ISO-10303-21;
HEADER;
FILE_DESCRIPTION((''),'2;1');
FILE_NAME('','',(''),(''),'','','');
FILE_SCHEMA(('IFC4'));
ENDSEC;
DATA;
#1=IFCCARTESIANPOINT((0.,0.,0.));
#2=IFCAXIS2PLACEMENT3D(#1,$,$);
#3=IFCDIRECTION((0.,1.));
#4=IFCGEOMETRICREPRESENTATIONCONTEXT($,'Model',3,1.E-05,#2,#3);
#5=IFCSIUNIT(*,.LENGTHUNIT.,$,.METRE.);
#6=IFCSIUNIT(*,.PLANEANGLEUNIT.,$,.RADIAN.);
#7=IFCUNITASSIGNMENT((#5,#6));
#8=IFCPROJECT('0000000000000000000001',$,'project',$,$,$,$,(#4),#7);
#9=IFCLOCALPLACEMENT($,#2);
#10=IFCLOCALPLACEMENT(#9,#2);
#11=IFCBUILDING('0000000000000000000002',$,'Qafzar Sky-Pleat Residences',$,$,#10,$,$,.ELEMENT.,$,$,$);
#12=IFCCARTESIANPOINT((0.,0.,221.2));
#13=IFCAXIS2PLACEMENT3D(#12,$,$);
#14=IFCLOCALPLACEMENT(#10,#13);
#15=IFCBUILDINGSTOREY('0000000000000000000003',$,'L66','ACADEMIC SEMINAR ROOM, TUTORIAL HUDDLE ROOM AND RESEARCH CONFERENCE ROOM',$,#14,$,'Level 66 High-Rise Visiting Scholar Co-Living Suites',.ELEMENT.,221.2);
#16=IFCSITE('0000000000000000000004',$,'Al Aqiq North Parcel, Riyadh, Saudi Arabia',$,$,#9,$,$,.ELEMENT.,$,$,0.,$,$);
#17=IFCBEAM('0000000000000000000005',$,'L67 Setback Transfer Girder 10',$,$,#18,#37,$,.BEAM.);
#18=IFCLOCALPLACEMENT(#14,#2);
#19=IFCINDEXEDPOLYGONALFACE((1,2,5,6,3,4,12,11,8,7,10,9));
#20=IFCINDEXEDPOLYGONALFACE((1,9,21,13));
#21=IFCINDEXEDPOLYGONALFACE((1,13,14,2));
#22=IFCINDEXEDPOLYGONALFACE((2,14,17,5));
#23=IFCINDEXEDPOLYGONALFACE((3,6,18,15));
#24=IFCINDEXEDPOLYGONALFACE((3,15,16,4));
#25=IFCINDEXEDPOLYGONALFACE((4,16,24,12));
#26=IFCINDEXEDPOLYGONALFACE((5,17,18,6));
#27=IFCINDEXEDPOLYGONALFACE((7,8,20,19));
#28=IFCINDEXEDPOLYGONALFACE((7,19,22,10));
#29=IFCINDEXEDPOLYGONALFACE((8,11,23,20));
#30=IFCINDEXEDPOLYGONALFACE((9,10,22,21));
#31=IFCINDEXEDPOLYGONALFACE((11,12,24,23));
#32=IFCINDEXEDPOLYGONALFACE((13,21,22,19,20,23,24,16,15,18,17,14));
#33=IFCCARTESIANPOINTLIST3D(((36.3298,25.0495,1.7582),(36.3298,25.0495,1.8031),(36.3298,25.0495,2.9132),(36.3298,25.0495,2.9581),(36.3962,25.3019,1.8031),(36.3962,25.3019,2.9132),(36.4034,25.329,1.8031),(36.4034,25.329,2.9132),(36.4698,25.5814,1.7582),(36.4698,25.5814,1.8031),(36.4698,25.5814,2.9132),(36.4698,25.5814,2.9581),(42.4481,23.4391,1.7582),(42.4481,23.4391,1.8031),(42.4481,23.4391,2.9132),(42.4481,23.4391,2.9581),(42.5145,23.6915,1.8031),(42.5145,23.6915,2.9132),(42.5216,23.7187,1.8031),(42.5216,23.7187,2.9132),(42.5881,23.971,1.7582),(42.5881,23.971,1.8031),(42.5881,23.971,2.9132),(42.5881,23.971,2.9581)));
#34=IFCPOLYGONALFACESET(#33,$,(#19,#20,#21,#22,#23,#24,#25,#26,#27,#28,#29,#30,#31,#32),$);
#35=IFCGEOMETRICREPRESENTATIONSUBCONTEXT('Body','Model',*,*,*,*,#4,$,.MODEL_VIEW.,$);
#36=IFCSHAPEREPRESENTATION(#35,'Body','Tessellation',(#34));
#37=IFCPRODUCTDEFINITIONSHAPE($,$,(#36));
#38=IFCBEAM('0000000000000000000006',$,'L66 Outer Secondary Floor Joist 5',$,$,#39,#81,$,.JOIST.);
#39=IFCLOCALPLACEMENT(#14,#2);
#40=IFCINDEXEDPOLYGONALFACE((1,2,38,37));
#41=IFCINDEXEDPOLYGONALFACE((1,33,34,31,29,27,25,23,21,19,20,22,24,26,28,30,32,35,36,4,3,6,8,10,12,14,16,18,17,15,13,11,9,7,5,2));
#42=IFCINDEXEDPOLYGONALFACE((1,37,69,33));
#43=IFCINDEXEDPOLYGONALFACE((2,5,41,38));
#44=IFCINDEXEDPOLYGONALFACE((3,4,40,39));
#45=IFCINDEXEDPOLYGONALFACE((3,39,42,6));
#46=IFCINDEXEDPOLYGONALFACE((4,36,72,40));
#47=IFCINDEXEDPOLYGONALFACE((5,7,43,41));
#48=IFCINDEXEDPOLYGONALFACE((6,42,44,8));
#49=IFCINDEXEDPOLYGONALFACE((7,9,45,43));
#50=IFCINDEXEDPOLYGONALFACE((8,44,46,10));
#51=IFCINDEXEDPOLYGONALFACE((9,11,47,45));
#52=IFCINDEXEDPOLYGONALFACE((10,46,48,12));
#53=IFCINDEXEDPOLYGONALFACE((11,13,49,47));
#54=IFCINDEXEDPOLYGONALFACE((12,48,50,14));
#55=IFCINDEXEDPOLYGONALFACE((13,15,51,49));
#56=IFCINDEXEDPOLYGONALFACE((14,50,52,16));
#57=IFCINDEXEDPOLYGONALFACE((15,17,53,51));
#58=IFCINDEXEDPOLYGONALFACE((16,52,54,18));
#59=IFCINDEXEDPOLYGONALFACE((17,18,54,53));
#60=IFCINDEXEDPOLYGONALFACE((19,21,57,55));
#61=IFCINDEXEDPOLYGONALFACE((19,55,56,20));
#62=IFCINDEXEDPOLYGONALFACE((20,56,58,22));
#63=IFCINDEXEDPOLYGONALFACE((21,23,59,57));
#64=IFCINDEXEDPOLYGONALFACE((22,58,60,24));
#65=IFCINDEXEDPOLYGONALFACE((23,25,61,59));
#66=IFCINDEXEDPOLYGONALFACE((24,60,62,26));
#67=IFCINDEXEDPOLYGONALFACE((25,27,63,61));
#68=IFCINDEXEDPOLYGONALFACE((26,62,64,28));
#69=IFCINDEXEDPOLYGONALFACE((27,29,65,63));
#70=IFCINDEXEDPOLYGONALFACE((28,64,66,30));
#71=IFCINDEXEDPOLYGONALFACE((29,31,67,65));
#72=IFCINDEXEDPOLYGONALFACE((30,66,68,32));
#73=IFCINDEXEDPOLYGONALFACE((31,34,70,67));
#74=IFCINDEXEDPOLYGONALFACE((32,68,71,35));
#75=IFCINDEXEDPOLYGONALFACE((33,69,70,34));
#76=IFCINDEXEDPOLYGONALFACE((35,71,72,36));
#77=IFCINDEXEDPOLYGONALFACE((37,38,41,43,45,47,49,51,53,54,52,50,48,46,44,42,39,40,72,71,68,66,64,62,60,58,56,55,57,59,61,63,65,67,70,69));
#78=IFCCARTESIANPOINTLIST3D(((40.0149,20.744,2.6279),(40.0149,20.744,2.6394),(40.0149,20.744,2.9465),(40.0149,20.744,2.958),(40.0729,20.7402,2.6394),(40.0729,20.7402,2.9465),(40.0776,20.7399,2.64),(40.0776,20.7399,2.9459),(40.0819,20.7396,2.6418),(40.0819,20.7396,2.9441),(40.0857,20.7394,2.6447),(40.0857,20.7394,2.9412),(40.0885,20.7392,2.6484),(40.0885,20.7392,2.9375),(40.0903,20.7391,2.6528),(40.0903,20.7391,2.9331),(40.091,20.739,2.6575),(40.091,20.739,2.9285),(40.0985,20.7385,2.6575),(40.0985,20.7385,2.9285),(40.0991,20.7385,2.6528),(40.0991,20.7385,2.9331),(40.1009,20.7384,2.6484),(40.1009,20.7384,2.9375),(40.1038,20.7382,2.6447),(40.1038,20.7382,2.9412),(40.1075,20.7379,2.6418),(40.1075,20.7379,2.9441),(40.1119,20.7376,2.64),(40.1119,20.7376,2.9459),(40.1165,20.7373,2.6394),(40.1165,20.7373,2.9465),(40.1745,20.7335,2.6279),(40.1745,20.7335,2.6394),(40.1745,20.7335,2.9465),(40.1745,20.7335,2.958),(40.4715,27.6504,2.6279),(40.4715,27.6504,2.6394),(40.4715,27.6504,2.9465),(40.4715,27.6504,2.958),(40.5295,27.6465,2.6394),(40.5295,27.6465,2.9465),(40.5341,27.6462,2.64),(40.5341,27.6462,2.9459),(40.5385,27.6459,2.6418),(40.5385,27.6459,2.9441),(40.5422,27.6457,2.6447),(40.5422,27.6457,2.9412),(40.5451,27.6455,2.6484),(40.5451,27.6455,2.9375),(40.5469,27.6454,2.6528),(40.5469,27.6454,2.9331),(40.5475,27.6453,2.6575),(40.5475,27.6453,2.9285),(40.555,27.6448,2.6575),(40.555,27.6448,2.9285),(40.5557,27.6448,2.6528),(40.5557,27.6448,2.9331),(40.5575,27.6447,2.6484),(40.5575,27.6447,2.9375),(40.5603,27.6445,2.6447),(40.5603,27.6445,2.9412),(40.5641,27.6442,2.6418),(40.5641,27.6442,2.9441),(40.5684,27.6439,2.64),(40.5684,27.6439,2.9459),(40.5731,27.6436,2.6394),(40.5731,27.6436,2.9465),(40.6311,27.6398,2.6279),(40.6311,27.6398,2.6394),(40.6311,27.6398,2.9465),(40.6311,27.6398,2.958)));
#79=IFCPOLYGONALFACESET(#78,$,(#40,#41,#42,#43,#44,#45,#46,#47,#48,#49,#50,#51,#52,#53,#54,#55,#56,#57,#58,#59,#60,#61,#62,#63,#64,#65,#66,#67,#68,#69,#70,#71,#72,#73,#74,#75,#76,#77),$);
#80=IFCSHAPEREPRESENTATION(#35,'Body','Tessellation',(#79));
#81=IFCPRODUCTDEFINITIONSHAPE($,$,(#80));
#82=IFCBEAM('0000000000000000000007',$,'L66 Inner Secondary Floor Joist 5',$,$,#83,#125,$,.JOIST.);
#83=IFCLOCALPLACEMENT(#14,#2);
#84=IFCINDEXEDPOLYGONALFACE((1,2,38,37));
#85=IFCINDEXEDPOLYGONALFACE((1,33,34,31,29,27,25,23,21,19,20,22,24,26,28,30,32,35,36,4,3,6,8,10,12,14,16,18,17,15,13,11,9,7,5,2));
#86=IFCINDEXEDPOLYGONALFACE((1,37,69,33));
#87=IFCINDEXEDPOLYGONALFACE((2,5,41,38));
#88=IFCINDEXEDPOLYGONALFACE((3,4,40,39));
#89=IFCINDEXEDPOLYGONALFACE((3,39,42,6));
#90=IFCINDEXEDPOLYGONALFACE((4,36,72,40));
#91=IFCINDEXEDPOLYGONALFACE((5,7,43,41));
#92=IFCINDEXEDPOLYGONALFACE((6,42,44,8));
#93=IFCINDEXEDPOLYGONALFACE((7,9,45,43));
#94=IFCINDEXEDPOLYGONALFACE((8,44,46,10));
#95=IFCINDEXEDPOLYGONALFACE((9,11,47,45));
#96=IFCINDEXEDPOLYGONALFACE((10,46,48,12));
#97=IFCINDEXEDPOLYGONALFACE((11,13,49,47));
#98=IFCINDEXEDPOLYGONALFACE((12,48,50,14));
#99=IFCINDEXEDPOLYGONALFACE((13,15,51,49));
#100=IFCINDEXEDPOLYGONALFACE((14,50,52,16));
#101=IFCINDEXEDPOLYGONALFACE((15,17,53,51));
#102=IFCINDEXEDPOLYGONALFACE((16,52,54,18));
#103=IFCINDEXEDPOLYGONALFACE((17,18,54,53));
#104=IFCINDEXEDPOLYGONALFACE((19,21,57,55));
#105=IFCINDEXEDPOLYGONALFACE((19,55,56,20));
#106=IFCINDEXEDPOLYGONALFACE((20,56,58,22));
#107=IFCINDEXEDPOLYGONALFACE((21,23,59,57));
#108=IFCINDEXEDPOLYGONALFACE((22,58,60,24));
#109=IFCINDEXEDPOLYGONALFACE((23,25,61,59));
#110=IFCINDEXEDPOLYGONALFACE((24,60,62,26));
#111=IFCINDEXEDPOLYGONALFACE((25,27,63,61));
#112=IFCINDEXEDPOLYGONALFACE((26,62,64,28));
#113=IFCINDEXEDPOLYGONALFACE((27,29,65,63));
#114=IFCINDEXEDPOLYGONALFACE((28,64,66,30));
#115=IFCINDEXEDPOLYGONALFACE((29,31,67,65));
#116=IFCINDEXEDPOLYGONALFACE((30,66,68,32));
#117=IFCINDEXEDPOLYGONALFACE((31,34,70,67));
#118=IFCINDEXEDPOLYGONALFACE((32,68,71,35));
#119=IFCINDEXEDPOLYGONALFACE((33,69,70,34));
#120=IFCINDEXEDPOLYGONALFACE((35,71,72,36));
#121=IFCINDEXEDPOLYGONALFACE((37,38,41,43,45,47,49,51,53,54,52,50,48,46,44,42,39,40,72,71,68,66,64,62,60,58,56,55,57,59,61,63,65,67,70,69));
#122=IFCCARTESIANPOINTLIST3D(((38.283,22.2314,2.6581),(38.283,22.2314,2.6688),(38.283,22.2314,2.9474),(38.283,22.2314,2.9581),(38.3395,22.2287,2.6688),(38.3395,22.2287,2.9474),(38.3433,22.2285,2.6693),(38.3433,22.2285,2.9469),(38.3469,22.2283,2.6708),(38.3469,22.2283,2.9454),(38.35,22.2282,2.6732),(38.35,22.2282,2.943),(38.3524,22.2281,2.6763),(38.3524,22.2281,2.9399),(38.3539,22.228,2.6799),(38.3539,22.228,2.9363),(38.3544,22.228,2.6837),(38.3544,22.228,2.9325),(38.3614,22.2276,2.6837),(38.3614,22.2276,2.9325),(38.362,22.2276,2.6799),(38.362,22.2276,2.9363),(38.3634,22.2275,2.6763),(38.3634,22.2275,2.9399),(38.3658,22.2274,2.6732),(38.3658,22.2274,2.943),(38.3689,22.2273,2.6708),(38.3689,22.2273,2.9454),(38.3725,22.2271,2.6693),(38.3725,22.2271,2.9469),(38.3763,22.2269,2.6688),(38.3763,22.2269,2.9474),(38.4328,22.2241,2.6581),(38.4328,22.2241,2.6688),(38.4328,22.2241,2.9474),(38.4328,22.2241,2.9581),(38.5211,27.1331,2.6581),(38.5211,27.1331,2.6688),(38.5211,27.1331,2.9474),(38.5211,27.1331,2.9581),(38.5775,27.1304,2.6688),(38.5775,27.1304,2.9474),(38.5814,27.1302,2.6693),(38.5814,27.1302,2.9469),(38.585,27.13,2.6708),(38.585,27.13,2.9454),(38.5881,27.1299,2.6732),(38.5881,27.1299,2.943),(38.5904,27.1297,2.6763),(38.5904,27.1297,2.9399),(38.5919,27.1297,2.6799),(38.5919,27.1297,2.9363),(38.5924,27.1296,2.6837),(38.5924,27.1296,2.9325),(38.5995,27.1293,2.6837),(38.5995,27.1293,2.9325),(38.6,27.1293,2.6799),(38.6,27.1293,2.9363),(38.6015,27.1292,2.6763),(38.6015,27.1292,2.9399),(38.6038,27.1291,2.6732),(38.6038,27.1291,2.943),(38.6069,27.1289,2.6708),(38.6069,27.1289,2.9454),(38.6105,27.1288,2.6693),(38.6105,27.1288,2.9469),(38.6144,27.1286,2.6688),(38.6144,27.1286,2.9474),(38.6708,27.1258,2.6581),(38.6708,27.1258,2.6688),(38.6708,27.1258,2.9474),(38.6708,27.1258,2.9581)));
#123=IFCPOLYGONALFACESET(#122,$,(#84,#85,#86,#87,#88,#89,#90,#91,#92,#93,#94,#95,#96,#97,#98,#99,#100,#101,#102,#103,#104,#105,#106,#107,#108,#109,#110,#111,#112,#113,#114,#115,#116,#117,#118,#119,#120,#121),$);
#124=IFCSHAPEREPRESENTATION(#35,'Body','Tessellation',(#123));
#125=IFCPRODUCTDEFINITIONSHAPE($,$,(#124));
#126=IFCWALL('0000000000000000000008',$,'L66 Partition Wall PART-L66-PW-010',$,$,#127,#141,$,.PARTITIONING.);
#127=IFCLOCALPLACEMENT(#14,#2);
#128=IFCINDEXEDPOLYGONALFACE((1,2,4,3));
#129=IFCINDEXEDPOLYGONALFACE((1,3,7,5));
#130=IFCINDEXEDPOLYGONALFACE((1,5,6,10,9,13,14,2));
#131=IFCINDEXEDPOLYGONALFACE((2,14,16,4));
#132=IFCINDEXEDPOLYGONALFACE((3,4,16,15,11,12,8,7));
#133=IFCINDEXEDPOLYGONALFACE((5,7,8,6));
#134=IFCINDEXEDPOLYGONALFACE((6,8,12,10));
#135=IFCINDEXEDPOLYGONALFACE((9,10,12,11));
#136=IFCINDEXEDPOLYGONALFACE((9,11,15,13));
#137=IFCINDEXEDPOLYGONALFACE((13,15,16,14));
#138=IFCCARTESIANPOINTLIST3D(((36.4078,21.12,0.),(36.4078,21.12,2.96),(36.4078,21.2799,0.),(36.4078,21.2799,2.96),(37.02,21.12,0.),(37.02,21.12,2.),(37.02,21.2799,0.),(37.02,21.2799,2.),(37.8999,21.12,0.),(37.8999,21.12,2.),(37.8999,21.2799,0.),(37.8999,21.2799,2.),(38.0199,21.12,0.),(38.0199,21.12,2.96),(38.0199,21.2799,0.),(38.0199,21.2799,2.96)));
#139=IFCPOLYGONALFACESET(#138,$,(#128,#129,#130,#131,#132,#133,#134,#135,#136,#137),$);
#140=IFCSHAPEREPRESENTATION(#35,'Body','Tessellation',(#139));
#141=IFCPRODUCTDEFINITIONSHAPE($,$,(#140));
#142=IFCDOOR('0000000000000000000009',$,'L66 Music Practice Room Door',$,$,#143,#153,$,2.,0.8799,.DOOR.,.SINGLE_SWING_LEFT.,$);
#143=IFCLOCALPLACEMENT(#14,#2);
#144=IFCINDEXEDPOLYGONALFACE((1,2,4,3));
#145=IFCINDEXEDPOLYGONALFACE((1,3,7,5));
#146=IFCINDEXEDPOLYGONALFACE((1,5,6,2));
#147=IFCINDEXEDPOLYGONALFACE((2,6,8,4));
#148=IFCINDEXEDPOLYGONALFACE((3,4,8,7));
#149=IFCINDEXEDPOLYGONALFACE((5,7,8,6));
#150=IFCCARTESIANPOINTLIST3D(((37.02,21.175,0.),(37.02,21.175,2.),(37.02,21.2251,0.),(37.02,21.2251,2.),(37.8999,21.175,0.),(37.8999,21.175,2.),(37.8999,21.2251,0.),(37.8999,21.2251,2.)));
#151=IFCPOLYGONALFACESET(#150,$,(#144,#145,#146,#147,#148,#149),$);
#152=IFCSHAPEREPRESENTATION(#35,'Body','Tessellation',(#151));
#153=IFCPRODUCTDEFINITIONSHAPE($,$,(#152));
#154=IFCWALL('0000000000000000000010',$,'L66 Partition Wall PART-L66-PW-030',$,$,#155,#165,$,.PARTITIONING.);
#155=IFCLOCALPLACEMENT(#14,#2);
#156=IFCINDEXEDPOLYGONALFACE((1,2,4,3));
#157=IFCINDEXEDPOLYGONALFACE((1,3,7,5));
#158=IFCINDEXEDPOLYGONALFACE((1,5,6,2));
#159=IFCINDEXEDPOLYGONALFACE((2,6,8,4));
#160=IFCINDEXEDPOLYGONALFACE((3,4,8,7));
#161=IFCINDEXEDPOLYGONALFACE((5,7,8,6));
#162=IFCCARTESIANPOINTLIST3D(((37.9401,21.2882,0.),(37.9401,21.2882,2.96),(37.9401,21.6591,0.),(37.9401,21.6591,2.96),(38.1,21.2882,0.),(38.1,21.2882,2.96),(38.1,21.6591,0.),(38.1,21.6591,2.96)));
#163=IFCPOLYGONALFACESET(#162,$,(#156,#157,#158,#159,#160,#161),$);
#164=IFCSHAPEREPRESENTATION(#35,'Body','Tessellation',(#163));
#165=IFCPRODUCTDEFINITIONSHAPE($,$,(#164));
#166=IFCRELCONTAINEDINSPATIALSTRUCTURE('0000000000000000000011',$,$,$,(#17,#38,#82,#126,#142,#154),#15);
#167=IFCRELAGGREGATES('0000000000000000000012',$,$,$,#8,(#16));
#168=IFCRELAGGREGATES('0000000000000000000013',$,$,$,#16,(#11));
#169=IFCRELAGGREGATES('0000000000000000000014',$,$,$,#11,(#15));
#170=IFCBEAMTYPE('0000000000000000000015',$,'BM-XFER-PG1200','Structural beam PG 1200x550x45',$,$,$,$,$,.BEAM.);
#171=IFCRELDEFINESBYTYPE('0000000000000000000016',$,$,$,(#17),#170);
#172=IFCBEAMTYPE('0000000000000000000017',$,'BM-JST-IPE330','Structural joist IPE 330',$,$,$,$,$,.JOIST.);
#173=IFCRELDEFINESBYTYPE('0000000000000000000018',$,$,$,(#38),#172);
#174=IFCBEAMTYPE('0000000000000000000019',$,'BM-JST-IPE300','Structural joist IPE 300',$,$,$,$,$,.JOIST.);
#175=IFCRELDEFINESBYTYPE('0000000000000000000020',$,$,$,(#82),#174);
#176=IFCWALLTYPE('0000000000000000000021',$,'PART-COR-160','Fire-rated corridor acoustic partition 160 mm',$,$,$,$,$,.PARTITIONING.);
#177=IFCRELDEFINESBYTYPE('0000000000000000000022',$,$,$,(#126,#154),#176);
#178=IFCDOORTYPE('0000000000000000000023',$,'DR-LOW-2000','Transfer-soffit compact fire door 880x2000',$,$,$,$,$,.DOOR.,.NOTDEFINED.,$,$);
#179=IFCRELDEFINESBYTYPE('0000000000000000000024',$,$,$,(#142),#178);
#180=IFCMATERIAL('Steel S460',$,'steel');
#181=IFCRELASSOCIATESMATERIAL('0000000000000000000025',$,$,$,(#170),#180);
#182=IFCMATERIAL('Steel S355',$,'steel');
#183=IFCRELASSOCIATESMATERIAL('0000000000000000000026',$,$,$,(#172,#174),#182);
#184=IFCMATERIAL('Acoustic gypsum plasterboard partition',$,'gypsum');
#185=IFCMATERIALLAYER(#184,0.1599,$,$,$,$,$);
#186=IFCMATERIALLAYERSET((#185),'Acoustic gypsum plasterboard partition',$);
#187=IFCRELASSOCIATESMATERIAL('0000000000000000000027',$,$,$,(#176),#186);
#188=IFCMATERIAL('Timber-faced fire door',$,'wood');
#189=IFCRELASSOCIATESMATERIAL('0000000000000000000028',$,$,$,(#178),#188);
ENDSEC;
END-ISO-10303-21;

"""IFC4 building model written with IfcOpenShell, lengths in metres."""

from ifc_helpers import new_model, si_unit, direction, frame, frame_2d, origin, origin_2d, place, context, subcontext, project, spatial, rectangle, i_section, extrude, source, transform, mapped, material, layer, layer_set, material_profile, profile_set, type_object, element, fill, save


model = new_model("IFC4")

# Units and contexts
model_context = context("Model", 3, precision=1e-05, world=origin(), true_north=direction((0.0, 1.0)))
body_context = subcontext(model_context, "Body", "Model", "MODEL_VIEW")
ifc_project = project(units=[si_unit("LENGTHUNIT", "METRE"), si_unit("PLANEANGLEUNIT", "RADIAN")], contexts=[model_context])

# Site, building, storey
site_placement = place(None, origin())
site = spatial("IfcSite", under=ifc_project, at=site_placement, Name="Al Aqiq North Parcel, Riyadh, Saudi Arabia", CompositionType="ELEMENT", RefElevation=0.0)
building_placement = place(site_placement, origin())
building = spatial("IfcBuilding", under=site, at=building_placement, Name="Qafzar Sky-Pleat Residences", CompositionType="ELEMENT")
storey_placement = place(building_placement, frame((0.0, 0.0, 221.2)))
storey = spatial("IfcBuildingStorey", under=building, at=storey_placement, Name="L66", Description="ACADEMIC SEMINAR ROOM, TUTORIAL HUDDLE ROOM AND RESEARCH CONFERENCE ROOM", LongName="Level 66 High-Rise Visiting Scholar Co-Living Suites", CompositionType="ELEMENT", Elevation=221.2)

# Shared definitions
ifc_material_1 = material(Name="Steel S355", Category="steel")

# Beams
ifc_material_2 = material(Name="Steel S460", Category="steel")
ifc_material_profile_1 = material_profile(ifc_material_2, i_section(OverallWidth=0.55, OverallDepth=1.2, WebThickness=0.0281, FlangeThickness=0.0449, at=origin_2d()), Name="PG 1200x550x45")
ifc_profile_set_1 = profile_set([ifc_material_profile_1], Name="Steel S460")
beam_type_1 = type_object("IfcBeamType", Name="BM-XFER-PG1200", Description="Structural beam PG 1200x550x45", PredefinedType="BEAM", material=ifc_profile_set_1)
shared_shape_1 = source(origin(), body_context, "Body", "SweptSolid", [
    extrude(i_section(OverallWidth=0.55, OverallDepth=1.2, WebThickness=0.0281, FlangeThickness=0.0449, at=origin_2d()), origin(), (0.0, 0.0, 1.0), 6.3267),
])
beam_1_placement = place(storey_placement, frame((42.5181, 23.7051, 2.3582), z_axis=(-0.967063, 0.254539, 0.0), x_axis=(-0.254539, -0.967063, 0.0)))
element("IfcBeam", 1, at=beam_1_placement, inside=storey, type_object=beam_type_1, Name="L67 Setback Transfer Girder 10", PredefinedType="BEAM", context=body_context, shape_type="MappedRepresentation", body=[
    mapped(shared_shape_1, transform((0.0, 0.0, 0.0), x_axis=(1.0, 0.0, 0.0), y_axis=(0.0, 1.0, 0.0), z_axis=(0.0, 0.0, 1.0), scale=1.0)),
])
ifc_material_profile_2 = material_profile(ifc_material_1, i_section(OverallWidth=0.1599, OverallDepth=0.3301, WebThickness=0.0076, FlangeThickness=0.0115, FilletRadius=0.0181, at=origin_2d()), Name="IPE 330")
ifc_profile_set_2 = profile_set([ifc_material_profile_2], Name="Steel S355")
beam_type_2 = type_object("IfcBeamType", Name="BM-JST-IPE330", Description="Structural joist IPE 330", PredefinedType="JOIST", material=ifc_profile_set_2)
shared_shape_2 = source(origin(), body_context, "Body", "SweptSolid", [
    extrude(i_section(OverallWidth=0.1599, OverallDepth=0.3301, WebThickness=0.0076, FlangeThickness=0.0115, FilletRadius=0.0181, at=origin_2d()), origin(), (0.0, 0.0, 1.0), 6.9214),
])
beam_2_placement = place(storey_placement, frame((40.0947, 20.7388, 2.793), z_axis=(0.065962, 0.997822, 0.0), x_axis=(-0.997822, 0.065962, 0.0)))
element("IfcBeam", 2, at=beam_2_placement, inside=storey, type_object=beam_type_2, Name="L66 Outer Secondary Floor Joist 5", PredefinedType="JOIST", context=body_context, shape_type="MappedRepresentation", body=[
    mapped(shared_shape_2, transform((0.0, 0.0, 0.0), x_axis=(1.0, 0.0, 0.0), y_axis=(0.0, 1.0, 0.0), z_axis=(0.0, 0.0, 1.0), scale=1.0)),
])
ifc_material_profile_3 = material_profile(ifc_material_1, i_section(OverallWidth=0.1499, OverallDepth=0.3, WebThickness=0.0071, FlangeThickness=0.0107, FilletRadius=0.0149, at=origin_2d()), Name="IPE 300")
ifc_profile_set_3 = profile_set([ifc_material_profile_3], Name="Steel S355")
beam_type_3 = type_object("IfcBeamType", Name="BM-JST-IPE300", Description="Structural joist IPE 300", PredefinedType="JOIST", material=ifc_profile_set_3)
shared_shape_3 = source(origin(), body_context, "Body", "SweptSolid", [
    extrude(i_section(OverallWidth=0.1499, OverallDepth=0.3, WebThickness=0.0071, FlangeThickness=0.0107, FilletRadius=0.0149, at=origin_2d()), origin(), (0.0, 0.0, 1.0), 4.9075),
])
beam_3_placement = place(storey_placement, frame((38.3579, 22.2278, 2.8081), z_axis=(0.048506, 0.998823, 0.0), x_axis=(-0.998823, 0.048506, 0.0)))
element("IfcBeam", 3, at=beam_3_placement, inside=storey, type_object=beam_type_3, Name="L66 Inner Secondary Floor Joist 5", PredefinedType="JOIST", context=body_context, shape_type="MappedRepresentation", body=[
    mapped(shared_shape_3, transform((0.0, 0.0, 0.0), x_axis=(1.0, 0.0, 0.0), y_axis=(0.0, 1.0, 0.0), z_axis=(0.0, 0.0, 1.0), scale=1.0)),
])

# Wall, opening, door
ifc_material_3 = material(Name="Acoustic gypsum plasterboard partition", Category="gypsum")
ifc_layer_1 = layer(ifc_material_3, 0.1599)
ifc_layer_set_1 = layer_set([ifc_layer_1], Name="Acoustic gypsum plasterboard partition")
wall_type_1 = type_object("IfcWallType", Name="PART-COR-160", Description="Fire-rated corridor acoustic partition 160 mm", PredefinedType="PARTITIONING", material=ifc_layer_set_1)
wall_1_placement = place(storey_placement, frame((38.02, 21.2, 0.0), z_axis=(0.0, 0.0, 1.0), x_axis=(-1.0, 0.0, 0.0)))
wall_1 = element("IfcWall", 4, at=wall_1_placement, inside=storey, type_object=wall_type_1, Name="L66 Partition Wall PART-L66-PW-010", PredefinedType="PARTITIONING", context=body_context, shape_type="SweptSolid", body=[
    extrude(rectangle(XDim=1.6121, YDim=0.1599, at=frame_2d((0.8062, 0.0))), origin(), (0.0, 0.0, 1.0), 2.96),
])
opening_1_placement = place(wall_1_placement, frame((0.1201, 0.0, 0.0)))
opening_1 = element("IfcOpeningElement", 5, at=opening_1_placement, cuts=wall_1, PredefinedType="OPENING", context=body_context, shape_type="SweptSolid", body=[
    extrude(rectangle(XDim=0.8799, YDim=2.0, at=frame_2d((0.4399, 1.0))), frame((0.0, 0.0898, 0.0), z_axis=(0.0, -1.0, 0.0), x_axis=(1.0, 0.0, 0.0)), (0.0, 0.0, 1.0), 0.1799),
])
ifc_material_4 = material(Name="Timber-faced fire door", Category="wood")
door_type = type_object("IfcDoorType", Name="DR-LOW-2000", Description="Transfer-soffit compact fire door 880x2000", OperationType="NOTDEFINED", PredefinedType="DOOR", material=ifc_material_4)
shared_shape_4 = source(origin(), body_context, "Body", "SweptSolid", [
    extrude(rectangle(XDim=0.8799, YDim=2.0, at=frame_2d((0.4399, 1.0))), frame((0.0, 0.0249, 0.0), z_axis=(0.0, -1.0, 0.0), x_axis=(1.0, 0.0, 0.0)), (0.0, 0.0, 1.0), 0.05),
])
door_placement = place(opening_1_placement, origin())
door = element("IfcDoor", 6, at=door_placement, inside=storey, type_object=door_type, Name="L66 Music Practice Room Door", OperationType="SINGLE_SWING_LEFT", OverallHeight=2.0, OverallWidth=0.8799, PredefinedType="DOOR", context=body_context, shape_type="MappedRepresentation", body=[
    mapped(shared_shape_4, transform((0.0, 0.0, 0.0), x_axis=(1.0, 0.0, 0.0), y_axis=(0.0, 1.0, 0.0), z_axis=(0.0, 0.0, 1.0), scale=1.0)),
])
fill(opening_1, door)

# Wall
wall_2_placement = place(storey_placement, frame((38.02, 21.2881, 0.0), z_axis=(0.0, 0.0, 1.0), x_axis=(0.0, 1.0, 0.0)))
element("IfcWall", 7, at=wall_2_placement, inside=storey, type_object=wall_type_1, Name="L66 Partition Wall PART-L66-PW-030", PredefinedType="PARTITIONING", context=body_context, shape_type="SweptSolid", body=[
    extrude(rectangle(XDim=0.3708, YDim=0.1599, at=frame_2d((0.1855, 0.0))), origin(), (0.0, 0.0, 1.0), 2.96),
])

save(model, "model.ifc")
